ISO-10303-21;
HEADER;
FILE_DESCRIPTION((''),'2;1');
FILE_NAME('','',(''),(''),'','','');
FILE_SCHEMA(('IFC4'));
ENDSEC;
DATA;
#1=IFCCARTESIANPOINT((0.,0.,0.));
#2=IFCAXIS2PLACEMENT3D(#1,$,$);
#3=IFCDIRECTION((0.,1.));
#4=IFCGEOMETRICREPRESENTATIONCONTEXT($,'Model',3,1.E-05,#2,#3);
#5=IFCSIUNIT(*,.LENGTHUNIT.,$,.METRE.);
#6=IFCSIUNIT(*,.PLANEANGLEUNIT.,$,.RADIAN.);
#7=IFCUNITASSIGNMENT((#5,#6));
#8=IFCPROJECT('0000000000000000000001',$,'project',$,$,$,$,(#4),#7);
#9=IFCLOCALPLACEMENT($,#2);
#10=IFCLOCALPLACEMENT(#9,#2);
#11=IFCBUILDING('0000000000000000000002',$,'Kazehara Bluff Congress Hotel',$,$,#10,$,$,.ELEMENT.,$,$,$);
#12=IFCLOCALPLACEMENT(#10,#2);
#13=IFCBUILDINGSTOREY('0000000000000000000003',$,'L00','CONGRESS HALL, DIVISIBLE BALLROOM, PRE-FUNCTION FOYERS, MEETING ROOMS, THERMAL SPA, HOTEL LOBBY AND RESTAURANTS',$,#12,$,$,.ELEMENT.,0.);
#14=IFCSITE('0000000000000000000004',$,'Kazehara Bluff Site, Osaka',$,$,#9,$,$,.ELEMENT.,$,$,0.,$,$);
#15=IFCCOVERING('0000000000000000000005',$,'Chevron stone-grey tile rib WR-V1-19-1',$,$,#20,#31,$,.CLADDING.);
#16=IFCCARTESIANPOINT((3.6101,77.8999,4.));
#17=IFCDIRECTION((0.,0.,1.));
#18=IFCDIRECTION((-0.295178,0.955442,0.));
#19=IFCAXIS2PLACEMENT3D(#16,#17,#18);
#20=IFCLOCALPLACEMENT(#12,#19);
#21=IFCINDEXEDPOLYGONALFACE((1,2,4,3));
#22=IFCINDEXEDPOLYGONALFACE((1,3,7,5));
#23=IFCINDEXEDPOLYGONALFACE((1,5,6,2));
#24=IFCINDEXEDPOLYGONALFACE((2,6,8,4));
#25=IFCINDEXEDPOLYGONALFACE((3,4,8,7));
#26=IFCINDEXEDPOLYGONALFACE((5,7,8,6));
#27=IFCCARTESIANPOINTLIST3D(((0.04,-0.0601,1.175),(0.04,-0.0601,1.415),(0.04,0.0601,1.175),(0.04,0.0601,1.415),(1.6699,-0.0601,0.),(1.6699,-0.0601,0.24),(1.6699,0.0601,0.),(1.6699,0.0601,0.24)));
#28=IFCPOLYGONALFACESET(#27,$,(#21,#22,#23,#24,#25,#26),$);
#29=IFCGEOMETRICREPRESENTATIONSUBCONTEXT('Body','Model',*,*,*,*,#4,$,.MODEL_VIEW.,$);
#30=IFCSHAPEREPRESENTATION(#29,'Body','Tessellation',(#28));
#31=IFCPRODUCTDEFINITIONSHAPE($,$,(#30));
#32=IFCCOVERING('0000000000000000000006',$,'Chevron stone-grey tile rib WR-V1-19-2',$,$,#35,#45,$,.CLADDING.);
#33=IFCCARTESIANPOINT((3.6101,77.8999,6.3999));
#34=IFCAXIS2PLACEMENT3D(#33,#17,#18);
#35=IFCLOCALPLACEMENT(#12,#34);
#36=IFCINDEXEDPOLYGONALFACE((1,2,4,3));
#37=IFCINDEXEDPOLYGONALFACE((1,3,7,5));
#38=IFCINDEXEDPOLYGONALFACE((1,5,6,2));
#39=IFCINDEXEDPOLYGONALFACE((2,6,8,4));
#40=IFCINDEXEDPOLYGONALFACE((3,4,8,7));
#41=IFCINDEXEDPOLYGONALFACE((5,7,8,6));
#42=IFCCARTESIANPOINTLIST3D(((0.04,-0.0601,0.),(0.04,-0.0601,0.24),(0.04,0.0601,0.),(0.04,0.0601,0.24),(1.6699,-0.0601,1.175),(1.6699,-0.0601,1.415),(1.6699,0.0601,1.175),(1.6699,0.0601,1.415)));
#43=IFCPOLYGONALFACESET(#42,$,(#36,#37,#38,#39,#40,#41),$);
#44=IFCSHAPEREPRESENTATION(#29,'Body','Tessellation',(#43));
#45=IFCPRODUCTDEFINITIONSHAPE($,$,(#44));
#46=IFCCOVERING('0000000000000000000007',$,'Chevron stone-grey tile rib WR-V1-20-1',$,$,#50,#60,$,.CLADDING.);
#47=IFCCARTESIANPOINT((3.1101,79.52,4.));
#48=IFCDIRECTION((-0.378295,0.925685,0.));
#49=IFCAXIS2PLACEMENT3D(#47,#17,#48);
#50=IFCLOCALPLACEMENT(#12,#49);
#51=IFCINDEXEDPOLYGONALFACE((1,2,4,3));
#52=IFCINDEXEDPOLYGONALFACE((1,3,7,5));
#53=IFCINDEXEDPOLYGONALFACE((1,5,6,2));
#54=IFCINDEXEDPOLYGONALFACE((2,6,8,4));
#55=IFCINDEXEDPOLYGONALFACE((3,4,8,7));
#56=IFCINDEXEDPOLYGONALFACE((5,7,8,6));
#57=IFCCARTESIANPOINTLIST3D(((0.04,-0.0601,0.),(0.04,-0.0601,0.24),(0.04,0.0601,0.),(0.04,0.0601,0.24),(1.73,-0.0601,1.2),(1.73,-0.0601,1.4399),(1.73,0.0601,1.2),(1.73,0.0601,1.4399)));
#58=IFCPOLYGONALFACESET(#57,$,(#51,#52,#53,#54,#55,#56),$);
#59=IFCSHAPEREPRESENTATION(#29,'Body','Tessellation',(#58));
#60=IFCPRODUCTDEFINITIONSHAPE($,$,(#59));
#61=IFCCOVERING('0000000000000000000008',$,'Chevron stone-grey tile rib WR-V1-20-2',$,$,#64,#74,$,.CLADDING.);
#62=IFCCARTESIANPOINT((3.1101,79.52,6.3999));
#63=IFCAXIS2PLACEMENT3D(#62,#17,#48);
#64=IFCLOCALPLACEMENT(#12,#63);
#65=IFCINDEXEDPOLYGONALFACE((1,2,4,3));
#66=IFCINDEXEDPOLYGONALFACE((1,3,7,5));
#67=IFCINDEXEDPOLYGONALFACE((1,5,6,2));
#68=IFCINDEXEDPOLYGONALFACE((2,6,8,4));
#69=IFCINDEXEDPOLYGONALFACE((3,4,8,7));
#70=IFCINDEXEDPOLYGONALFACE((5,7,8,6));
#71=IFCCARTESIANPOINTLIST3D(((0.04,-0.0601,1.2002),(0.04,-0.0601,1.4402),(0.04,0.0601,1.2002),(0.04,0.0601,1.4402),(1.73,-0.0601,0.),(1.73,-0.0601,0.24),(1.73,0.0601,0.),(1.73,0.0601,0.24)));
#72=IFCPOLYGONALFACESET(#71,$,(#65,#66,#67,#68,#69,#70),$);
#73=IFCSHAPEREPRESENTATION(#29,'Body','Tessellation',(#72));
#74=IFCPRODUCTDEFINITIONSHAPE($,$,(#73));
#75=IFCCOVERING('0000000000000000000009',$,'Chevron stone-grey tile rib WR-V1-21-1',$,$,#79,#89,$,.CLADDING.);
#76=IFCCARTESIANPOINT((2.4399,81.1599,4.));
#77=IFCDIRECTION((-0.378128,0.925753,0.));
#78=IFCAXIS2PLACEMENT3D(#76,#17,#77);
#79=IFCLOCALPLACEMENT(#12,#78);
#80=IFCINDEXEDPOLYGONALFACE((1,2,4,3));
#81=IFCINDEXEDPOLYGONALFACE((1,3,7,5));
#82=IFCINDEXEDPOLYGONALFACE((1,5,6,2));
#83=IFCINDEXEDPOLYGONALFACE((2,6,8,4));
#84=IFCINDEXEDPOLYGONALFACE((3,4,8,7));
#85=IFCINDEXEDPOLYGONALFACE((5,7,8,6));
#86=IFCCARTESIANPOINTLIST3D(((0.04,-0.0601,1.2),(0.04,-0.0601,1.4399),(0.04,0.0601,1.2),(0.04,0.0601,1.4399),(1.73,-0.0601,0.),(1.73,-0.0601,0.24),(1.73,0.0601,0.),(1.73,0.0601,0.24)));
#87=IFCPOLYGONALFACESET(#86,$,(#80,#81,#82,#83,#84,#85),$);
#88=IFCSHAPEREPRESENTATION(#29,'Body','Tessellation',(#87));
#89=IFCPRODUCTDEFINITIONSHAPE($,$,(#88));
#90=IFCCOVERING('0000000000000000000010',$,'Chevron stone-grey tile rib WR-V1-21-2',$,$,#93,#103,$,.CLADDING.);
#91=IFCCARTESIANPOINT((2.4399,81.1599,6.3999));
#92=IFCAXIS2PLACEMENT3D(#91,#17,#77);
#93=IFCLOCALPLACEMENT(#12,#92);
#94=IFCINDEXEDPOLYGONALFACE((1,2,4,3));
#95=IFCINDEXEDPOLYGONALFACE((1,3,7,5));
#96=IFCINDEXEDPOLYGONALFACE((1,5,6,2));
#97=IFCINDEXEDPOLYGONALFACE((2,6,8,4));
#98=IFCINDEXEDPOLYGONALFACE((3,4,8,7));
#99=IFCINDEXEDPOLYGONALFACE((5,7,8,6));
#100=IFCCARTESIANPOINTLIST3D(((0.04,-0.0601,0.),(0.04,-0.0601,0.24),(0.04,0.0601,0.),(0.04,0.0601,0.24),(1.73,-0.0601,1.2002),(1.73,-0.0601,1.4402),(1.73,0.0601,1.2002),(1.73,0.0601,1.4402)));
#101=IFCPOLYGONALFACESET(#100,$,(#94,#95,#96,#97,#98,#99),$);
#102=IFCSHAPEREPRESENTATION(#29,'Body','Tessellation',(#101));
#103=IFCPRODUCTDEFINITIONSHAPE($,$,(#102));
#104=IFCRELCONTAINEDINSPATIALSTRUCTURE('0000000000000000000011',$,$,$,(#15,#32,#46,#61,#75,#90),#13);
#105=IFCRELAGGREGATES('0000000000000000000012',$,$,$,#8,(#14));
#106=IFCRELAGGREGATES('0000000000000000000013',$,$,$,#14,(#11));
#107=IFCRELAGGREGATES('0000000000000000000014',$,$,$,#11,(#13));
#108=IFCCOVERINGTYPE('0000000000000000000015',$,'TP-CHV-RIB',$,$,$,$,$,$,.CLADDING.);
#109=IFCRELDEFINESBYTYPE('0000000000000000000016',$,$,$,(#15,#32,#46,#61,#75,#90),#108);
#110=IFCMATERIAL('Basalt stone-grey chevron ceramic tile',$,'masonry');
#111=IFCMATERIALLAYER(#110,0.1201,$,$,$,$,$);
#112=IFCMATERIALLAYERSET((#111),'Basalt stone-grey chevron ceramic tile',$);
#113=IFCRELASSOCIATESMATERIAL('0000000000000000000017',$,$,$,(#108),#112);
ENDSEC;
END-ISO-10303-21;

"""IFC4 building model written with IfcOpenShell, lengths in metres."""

from ifc_helpers import new_model, si_unit, direction, frame, origin, place, context, subcontext, project, spatial, polyline, outline, extrude, material, layer, layer_set, type_object, element, save


model = new_model("IFC4")

# Units and contexts
model_context = context("Model", 3, precision=1e-05, world=origin(), true_north=direction((0.0, 1.0)))
body_context = subcontext(model_context, "Body", "Model", "MODEL_VIEW")
ifc_project = project(units=[si_unit("LENGTHUNIT", "METRE"), si_unit("PLANEANGLEUNIT", "RADIAN")], contexts=[model_context])

# Site, building, storey
site_placement = place(None, origin())
site = spatial("IfcSite", under=ifc_project, at=site_placement, Name="Kazehara Bluff Site, Osaka", CompositionType="ELEMENT", RefElevation=0.0)
building_placement = place(site_placement, origin())
building = spatial("IfcBuilding", under=site, at=building_placement, Name="Kazehara Bluff Congress Hotel", CompositionType="ELEMENT")
storey_placement = place(building_placement, origin())
storey = spatial("IfcBuildingStorey", under=building, at=storey_placement, Name="L00", Description="CONGRESS HALL, DIVISIBLE BALLROOM, PRE-FUNCTION FOYERS, MEETING ROOMS, THERMAL SPA, HOTEL LOBBY AND RESTAURANTS", CompositionType="ELEMENT", Elevation=0.0)

# Coverings
ifc_material_1 = material(Name="Basalt stone-grey chevron ceramic tile", Category="masonry")
ifc_layer_1 = layer(ifc_material_1, 0.1201)
ifc_layer_set_1 = layer_set([ifc_layer_1], Name="Basalt stone-grey chevron ceramic tile")
covering_type_1 = type_object("IfcCoveringType", Name="TP-CHV-RIB", PredefinedType="CLADDING", material=ifc_layer_set_1)
covering_1_placement = place(storey_placement, frame((3.6101, 77.8999, 4.0), z_axis=(0.0, 0.0, 1.0), x_axis=(-0.295178, 0.955442, 0.0)))
element("IfcCovering", 1, at=covering_1_placement, inside=storey, type_object=covering_type_1, Name="Chevron stone-grey tile rib WR-V1-19-1", PredefinedType="CLADDING", context=body_context, shape_type="SweptSolid", body=[
    extrude(outline(polyline([(0.04, 1.175), (1.6699, 0.0), (1.6699, 0.24), (0.04, 1.415), (0.04, 1.175)])), frame((0.0, 0.0601, 0.0), z_axis=(0.0, -1.0, 0.0), x_axis=(1.0, 0.0, 0.0)), (0.0, 0.0, 1.0), 0.1201),
])
covering_2_placement = place(storey_placement, frame((3.6101, 77.8999, 6.3999), z_axis=(0.0, 0.0, 1.0), x_axis=(-0.295178, 0.955442, 0.0)))
element("IfcCovering", 2, at=covering_2_placement, inside=storey, type_object=covering_type_1, Name="Chevron stone-grey tile rib WR-V1-19-2", PredefinedType="CLADDING", context=body_context, shape_type="SweptSolid", body=[
    extrude(outline(polyline([(0.04, 0.0), (1.6699, 1.175), (1.6699, 1.415), (0.04, 0.24), (0.04, 0.0)])), frame((0.0, 0.0601, 0.0), z_axis=(0.0, -1.0, 0.0), x_axis=(1.0, 0.0, 0.0)), (0.0, 0.0, 1.0), 0.1201),
])
covering_3_placement = place(storey_placement, frame((3.1101, 79.52, 4.0), z_axis=(0.0, 0.0, 1.0), x_axis=(-0.378295, 0.925685, 0.0)))
element("IfcCovering", 3, at=covering_3_placement, inside=storey, type_object=covering_type_1, Name="Chevron stone-grey tile rib WR-V1-20-1", PredefinedType="CLADDING", context=body_context, shape_type="SweptSolid", body=[
    extrude(outline(polyline([(0.04, 0.0), (1.73, 1.2), (1.73, 1.4399), (0.04, 0.24), (0.04, 0.0)])), frame((0.0, 0.0601, 0.0), z_axis=(0.0, -1.0, 0.0), x_axis=(1.0, 0.0, 0.0)), (0.0, 0.0, 1.0), 0.1201),
])
covering_4_placement = place(storey_placement, frame((3.1101, 79.52, 6.3999), z_axis=(0.0, 0.0, 1.0), x_axis=(-0.378295, 0.925685, 0.0)))
element("IfcCovering", 4, at=covering_4_placement, inside=storey, type_object=covering_type_1, Name="Chevron stone-grey tile rib WR-V1-20-2", PredefinedType="CLADDING", context=body_context, shape_type="SweptSolid", body=[
    extrude(outline(polyline([(0.04, 1.2002), (1.73, 0.0), (1.73, 0.24), (0.04, 1.4402), (0.04, 1.2002)])), frame((0.0, 0.0601, 0.0), z_axis=(0.0, -1.0, 0.0), x_axis=(1.0, 0.0, 0.0)), (0.0, 0.0, 1.0), 0.1201),
])
covering_5_placement = place(storey_placement, frame((2.4399, 81.1599, 4.0), z_axis=(0.0, 0.0, 1.0), x_axis=(-0.378128, 0.925753, 0.0)))
element("IfcCovering", 5, at=covering_5_placement, inside=storey, type_object=covering_type_1, Name="Chevron stone-grey tile rib WR-V1-21-1", PredefinedType="CLADDING", context=body_context, shape_type="SweptSolid", body=[
    extrude(outline(polyline([(0.04, 1.2), (1.73, 0.0), (1.73, 0.24), (0.04, 1.4399), (0.04, 1.2)])), frame((0.0, 0.0601, 0.0), z_axis=(0.0, -1.0, 0.0), x_axis=(1.0, 0.0, 0.0)), (0.0, 0.0, 1.0), 0.1201),
])
covering_6_placement = place(storey_placement, frame((2.4399, 81.1599, 6.3999), z_axis=(0.0, 0.0, 1.0), x_axis=(-0.378128, 0.925753, 0.0)))
element("IfcCovering", 6, at=covering_6_placement, inside=storey, type_object=covering_type_1, Name="Chevron stone-grey tile rib WR-V1-21-2", PredefinedType="CLADDING", context=body_context, shape_type="SweptSolid", body=[
    extrude(outline(polyline([(0.04, 0.0), (1.73, 1.2002), (1.73, 1.4402), (0.04, 0.24), (0.04, 0.0)])), frame((0.0, 0.0601, 0.0), z_axis=(0.0, -1.0, 0.0), x_axis=(1.0, 0.0, 0.0)), (0.0, 0.0, 1.0), 0.1201),
])

save(model, "model.ifc")
